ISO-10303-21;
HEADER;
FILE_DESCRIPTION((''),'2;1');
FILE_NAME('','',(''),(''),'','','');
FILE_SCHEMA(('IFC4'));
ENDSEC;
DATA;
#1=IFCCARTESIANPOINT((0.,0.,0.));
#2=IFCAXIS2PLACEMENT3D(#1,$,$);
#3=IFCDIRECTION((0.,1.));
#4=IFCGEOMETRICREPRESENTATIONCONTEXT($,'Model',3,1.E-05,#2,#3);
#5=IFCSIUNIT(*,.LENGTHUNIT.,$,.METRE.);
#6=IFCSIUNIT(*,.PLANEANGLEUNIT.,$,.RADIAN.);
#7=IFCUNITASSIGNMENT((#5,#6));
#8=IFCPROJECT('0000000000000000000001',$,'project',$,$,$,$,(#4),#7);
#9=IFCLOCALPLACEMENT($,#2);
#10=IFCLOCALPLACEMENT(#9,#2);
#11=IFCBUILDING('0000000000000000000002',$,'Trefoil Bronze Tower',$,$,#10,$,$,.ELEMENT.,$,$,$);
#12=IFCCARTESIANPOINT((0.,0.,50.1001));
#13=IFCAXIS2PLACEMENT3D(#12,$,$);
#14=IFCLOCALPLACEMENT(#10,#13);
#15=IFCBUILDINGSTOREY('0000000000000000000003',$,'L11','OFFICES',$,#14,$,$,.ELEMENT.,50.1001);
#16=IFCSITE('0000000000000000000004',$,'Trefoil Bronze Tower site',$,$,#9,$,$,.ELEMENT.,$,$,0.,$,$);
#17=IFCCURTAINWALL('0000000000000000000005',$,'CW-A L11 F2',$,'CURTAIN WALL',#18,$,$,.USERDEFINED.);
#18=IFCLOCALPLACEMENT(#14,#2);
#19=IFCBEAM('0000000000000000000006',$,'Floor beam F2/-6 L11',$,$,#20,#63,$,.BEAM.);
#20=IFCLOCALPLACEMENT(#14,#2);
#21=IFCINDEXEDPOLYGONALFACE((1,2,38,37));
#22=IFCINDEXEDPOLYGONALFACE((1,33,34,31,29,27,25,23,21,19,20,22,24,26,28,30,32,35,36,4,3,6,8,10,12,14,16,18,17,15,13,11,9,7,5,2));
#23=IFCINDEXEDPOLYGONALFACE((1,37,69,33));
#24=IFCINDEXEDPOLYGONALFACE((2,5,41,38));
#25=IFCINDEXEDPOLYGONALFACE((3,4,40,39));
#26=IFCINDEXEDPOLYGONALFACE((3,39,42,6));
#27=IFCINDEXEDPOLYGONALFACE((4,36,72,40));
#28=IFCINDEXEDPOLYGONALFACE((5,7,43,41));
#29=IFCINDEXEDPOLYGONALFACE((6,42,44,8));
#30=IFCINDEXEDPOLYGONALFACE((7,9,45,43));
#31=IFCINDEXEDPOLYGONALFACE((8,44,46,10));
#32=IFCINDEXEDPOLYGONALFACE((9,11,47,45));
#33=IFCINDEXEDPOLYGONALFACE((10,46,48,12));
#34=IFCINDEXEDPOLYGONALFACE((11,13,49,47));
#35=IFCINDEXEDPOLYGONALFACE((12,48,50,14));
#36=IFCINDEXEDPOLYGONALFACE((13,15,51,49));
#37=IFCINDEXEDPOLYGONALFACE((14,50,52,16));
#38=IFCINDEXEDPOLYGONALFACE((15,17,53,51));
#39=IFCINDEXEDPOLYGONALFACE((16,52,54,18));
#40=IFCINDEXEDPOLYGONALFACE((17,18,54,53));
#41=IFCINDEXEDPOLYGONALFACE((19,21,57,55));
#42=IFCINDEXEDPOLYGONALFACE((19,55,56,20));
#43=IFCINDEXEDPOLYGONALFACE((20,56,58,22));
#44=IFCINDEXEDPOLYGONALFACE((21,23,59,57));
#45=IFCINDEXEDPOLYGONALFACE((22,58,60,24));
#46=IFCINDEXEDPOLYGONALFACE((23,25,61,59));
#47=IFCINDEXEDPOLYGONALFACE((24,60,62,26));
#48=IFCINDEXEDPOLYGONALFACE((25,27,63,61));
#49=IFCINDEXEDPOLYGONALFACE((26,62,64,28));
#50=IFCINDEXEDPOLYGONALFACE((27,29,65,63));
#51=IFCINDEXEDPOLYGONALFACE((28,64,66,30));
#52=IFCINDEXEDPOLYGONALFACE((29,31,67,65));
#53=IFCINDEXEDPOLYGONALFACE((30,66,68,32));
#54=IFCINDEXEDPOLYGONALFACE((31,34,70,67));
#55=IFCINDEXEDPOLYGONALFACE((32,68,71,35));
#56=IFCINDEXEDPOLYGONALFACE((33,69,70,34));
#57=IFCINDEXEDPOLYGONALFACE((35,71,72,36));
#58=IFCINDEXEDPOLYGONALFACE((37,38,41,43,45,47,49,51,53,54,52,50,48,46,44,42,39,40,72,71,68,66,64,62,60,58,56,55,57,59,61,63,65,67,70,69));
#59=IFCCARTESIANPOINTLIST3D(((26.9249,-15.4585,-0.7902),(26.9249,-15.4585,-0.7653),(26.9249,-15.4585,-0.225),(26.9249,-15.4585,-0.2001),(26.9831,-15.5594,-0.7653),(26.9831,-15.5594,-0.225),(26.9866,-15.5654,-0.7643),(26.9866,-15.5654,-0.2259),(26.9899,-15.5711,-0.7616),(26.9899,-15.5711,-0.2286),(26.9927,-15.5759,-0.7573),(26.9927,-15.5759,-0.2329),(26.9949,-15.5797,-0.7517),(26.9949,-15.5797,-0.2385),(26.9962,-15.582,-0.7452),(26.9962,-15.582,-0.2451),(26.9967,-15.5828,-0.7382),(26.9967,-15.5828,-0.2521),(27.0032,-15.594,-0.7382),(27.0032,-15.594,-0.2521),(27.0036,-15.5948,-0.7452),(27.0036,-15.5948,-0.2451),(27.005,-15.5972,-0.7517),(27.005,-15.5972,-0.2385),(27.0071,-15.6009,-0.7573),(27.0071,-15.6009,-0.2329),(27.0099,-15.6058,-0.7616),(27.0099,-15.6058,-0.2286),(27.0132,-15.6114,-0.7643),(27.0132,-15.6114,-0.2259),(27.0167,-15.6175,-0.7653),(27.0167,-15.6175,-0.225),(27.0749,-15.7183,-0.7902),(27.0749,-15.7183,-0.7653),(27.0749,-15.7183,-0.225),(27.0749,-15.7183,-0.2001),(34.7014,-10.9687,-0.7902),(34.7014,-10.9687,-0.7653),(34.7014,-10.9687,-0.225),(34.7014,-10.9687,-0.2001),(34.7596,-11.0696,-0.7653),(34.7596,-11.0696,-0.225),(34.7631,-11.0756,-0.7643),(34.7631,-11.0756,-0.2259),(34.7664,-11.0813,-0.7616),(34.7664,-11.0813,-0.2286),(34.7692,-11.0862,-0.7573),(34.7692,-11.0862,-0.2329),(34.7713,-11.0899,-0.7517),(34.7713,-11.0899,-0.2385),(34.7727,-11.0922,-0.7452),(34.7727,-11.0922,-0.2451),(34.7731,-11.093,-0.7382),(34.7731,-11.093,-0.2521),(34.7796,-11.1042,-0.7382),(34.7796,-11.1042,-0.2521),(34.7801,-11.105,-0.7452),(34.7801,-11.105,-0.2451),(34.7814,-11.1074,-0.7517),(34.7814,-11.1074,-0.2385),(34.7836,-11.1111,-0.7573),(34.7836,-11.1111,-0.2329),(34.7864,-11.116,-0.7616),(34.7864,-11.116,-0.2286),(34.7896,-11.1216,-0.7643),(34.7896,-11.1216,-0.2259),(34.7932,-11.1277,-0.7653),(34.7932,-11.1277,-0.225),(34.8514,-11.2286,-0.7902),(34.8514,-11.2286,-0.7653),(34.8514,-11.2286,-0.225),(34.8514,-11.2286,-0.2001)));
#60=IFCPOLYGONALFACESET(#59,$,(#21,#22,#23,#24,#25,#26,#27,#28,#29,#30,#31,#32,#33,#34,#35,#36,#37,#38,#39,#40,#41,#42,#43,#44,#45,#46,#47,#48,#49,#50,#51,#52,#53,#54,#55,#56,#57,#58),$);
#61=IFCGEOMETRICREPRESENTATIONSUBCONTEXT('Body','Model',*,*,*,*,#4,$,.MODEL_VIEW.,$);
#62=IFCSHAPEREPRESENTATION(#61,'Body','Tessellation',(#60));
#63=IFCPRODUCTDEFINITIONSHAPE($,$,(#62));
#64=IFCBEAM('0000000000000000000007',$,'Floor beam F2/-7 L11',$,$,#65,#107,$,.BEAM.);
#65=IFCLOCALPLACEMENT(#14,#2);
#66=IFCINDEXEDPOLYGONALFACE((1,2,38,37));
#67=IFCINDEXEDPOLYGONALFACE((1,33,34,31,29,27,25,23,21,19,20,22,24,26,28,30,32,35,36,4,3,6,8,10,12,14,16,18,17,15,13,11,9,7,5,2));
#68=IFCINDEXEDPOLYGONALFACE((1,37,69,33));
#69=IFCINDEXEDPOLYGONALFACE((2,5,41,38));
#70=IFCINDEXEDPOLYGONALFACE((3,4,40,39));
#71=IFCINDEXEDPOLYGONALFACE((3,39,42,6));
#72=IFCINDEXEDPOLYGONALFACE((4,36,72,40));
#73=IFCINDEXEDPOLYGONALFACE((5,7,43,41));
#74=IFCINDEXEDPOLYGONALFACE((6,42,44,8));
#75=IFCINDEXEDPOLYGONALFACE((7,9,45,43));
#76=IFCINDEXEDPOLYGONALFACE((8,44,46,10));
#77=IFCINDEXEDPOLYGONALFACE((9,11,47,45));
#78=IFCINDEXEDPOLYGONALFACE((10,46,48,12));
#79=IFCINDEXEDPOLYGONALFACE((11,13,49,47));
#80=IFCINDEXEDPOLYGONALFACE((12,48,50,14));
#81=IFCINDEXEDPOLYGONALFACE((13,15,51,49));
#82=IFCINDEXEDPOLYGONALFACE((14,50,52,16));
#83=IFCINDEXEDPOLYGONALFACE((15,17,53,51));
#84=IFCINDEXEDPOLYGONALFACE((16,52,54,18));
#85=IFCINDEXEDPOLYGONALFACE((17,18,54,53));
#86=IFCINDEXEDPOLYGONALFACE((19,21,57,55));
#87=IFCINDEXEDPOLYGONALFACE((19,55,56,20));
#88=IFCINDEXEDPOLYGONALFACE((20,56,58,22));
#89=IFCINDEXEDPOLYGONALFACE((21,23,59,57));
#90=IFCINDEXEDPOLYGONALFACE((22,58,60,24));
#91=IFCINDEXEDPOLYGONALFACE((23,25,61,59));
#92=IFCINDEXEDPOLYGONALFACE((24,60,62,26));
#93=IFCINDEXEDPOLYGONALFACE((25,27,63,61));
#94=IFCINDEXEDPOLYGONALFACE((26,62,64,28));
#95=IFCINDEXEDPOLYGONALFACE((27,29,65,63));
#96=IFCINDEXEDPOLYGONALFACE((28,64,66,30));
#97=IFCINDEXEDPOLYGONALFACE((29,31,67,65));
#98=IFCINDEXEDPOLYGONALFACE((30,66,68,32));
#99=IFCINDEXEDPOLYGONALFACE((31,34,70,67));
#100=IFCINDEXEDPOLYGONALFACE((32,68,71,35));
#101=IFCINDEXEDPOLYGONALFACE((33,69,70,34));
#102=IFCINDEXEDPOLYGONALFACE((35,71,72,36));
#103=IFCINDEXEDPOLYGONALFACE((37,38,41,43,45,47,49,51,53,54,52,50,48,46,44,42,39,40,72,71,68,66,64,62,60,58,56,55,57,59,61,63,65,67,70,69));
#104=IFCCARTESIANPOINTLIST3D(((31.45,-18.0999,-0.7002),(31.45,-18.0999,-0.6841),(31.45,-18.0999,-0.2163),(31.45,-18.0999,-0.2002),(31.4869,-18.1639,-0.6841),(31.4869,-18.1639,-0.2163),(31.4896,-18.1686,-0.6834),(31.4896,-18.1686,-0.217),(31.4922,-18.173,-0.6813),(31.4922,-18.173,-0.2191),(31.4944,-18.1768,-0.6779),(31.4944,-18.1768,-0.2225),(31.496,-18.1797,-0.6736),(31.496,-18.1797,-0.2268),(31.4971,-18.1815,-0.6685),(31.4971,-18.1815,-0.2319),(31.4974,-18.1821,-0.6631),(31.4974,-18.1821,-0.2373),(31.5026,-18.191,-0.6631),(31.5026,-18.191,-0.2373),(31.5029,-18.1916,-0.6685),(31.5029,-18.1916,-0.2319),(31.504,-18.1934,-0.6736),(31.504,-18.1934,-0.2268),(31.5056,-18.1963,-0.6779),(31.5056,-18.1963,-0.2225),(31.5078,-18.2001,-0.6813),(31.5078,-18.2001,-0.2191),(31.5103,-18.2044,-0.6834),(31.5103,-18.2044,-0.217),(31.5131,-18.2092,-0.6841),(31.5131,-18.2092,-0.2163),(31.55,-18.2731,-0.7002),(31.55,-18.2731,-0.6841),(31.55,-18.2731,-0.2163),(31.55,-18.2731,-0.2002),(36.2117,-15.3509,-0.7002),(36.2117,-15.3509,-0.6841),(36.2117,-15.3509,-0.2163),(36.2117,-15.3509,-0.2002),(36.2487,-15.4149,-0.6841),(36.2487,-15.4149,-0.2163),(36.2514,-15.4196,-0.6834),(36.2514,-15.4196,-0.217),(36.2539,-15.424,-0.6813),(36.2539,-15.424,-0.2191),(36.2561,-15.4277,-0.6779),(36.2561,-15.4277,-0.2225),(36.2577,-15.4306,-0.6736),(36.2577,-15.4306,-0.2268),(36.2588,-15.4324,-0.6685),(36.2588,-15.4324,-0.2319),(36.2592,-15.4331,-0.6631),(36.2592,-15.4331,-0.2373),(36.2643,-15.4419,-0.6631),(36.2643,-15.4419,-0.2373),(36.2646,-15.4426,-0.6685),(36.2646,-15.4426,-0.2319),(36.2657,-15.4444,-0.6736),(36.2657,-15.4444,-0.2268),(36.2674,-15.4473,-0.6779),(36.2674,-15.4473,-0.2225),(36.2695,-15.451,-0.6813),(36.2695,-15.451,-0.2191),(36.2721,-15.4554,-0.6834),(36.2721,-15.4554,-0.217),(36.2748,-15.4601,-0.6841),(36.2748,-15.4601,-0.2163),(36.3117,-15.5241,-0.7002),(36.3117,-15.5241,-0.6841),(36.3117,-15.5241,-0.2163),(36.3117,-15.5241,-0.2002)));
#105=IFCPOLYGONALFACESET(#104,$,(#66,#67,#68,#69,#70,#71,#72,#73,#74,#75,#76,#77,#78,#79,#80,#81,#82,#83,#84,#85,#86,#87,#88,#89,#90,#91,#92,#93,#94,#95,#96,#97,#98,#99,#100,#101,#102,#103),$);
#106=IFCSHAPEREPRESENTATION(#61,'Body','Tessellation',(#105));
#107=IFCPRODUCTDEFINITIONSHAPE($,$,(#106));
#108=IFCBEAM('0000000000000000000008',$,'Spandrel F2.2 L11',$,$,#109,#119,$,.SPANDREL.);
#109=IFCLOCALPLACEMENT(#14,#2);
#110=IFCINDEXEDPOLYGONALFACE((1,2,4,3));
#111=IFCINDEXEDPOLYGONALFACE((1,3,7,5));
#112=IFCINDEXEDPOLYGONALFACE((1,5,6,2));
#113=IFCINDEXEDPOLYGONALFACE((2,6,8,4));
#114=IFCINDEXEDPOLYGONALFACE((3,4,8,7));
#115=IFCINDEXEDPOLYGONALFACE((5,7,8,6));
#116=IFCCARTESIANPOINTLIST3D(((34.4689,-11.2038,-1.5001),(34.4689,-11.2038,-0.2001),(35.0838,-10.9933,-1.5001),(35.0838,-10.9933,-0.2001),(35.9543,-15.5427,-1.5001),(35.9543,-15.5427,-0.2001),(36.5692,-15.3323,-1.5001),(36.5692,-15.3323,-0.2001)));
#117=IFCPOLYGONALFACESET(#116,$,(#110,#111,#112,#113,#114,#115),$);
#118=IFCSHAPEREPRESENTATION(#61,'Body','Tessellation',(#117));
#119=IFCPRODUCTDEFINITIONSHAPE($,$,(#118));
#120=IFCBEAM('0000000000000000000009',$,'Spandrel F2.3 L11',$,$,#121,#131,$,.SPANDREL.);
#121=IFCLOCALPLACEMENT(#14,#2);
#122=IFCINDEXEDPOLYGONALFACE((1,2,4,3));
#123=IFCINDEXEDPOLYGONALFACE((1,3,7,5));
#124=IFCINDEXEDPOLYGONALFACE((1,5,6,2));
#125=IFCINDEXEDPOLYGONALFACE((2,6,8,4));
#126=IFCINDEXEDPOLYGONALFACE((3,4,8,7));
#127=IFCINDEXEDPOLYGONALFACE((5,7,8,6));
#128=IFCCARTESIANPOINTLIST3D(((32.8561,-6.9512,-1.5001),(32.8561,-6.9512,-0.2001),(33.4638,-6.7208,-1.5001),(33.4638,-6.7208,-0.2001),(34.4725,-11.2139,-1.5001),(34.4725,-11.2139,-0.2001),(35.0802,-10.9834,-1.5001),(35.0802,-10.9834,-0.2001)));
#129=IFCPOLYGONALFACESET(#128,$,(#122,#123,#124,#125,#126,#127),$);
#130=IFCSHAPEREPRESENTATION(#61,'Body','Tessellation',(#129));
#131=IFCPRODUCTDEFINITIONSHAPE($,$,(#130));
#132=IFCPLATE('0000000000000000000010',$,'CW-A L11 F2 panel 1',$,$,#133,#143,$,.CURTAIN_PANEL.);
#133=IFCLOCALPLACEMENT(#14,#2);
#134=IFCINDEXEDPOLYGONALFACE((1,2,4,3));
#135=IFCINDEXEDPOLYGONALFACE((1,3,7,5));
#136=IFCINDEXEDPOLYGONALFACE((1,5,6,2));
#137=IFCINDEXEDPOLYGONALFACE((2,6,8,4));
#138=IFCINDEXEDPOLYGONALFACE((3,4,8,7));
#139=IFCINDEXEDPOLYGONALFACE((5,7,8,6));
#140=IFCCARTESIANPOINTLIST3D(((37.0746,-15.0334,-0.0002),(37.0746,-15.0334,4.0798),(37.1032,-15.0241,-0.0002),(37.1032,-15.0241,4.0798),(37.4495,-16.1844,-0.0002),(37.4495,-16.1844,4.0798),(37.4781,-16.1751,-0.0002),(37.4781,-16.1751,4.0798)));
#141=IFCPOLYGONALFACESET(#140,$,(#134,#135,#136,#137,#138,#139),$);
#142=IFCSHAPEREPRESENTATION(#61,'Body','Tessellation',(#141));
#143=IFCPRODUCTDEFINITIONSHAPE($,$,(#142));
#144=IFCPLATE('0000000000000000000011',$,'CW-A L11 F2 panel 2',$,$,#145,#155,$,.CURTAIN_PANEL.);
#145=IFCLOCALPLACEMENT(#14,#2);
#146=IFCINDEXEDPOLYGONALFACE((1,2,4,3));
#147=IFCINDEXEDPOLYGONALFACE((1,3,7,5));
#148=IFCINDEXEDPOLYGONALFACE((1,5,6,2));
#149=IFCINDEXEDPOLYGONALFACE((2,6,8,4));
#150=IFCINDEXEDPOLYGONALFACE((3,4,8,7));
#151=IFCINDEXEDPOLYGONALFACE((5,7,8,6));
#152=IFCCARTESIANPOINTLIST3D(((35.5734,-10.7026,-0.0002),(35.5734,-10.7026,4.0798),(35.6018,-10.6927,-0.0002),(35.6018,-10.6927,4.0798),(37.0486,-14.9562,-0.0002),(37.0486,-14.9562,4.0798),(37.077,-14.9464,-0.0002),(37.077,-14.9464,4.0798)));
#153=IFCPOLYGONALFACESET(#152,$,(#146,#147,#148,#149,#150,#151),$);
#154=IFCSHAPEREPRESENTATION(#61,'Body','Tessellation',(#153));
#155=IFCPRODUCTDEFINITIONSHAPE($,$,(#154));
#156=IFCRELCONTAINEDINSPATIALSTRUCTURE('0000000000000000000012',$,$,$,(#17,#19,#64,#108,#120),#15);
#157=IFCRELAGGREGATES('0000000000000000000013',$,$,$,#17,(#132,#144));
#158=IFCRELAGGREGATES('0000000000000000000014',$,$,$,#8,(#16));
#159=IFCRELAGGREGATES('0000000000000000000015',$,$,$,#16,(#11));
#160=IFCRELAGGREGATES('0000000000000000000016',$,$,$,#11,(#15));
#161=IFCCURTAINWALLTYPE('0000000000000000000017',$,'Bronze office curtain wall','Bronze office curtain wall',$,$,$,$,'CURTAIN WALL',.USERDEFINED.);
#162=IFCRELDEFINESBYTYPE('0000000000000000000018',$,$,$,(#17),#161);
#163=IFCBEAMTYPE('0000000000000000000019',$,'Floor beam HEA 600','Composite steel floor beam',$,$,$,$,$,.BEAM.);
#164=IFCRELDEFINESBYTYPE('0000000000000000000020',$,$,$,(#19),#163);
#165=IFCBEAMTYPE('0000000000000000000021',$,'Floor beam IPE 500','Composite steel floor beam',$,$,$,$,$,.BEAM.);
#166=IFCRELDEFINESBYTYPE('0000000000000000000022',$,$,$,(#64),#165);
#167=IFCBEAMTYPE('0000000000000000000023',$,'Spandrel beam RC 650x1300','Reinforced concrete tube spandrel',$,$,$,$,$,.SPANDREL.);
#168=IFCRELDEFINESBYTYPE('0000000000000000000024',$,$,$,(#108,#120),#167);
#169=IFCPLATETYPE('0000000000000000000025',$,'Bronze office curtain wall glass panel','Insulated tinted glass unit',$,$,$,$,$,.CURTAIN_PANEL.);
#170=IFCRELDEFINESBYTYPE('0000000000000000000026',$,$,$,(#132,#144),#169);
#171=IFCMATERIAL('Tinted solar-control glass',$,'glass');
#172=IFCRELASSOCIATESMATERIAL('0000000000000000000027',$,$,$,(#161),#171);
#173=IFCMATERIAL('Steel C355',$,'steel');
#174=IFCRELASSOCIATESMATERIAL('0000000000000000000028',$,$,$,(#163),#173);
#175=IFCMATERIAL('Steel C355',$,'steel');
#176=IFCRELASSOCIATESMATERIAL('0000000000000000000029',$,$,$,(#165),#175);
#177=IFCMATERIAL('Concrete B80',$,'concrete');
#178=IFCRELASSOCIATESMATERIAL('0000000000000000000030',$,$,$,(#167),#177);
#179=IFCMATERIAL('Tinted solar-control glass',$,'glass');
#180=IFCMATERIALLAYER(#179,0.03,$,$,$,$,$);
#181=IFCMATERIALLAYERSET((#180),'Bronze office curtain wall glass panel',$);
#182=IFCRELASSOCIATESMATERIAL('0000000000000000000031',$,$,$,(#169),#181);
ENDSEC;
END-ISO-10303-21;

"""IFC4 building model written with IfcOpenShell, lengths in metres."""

from ifc_helpers import new_model, si_unit, direction, frame, origin, origin_2d, place, context, subcontext, project, spatial, rectangle, i_section, extrude, material, layer, layer_set, material_profile, profile_set, type_object, element, aggregate, save


model = new_model("IFC4")

# Units and contexts
model_context = context("Model", 3, precision=1e-05, world=origin(), true_north=direction((0.0, 1.0)))
body_context = subcontext(model_context, "Body", "Model", "MODEL_VIEW")
ifc_project = project(units=[si_unit("LENGTHUNIT", "METRE"), si_unit("PLANEANGLEUNIT", "RADIAN")], contexts=[model_context])

# Site, building, storey
site_placement = place(None, origin())
site = spatial("IfcSite", under=ifc_project, at=site_placement, Name="Trefoil Bronze Tower site", CompositionType="ELEMENT", RefElevation=0.0)
building_placement = place(site_placement, origin())
building = spatial("IfcBuilding", under=site, at=building_placement, Name="Trefoil Bronze Tower", CompositionType="ELEMENT")
storey_placement = place(building_placement, frame((0.0, 0.0, 50.1001)))
storey = spatial("IfcBuildingStorey", under=building, at=storey_placement, Name="L11", Description="OFFICES", CompositionType="ELEMENT", Elevation=50.1001)

# Curtain wall
ifc_material_1 = material(Name="Tinted solar-control glass", Category="glass")
curtain_wall_type = type_object("IfcCurtainWallType", Name="Bronze office curtain wall", Description="Bronze office curtain wall", ElementType="CURTAIN WALL", PredefinedType="USERDEFINED", material=ifc_material_1)
curtain_wall_placement = place(storey_placement, origin())
curtain_wall = element("IfcCurtainWall", 1, at=curtain_wall_placement, inside=storey, type_object=curtain_wall_type, Name="CW-A L11 F2", ObjectType="CURTAIN WALL", PredefinedType="USERDEFINED")

# Beams
ifc_material_2 = material(Name="Steel C355", Category="steel")
ifc_material_profile_1 = material_profile(ifc_material_2, i_section(OverallWidth=0.3, OverallDepth=0.5901, WebThickness=0.0129, FlangeThickness=0.0249, FilletRadius=0.0271, at=origin_2d()), Name="HEA 600")
ifc_profile_set_1 = profile_set([ifc_material_profile_1], Name="Steel C355")
beam_type_1 = type_object("IfcBeamType", Name="Floor beam HEA 600", Description="Composite steel floor beam", PredefinedType="BEAM", material=ifc_profile_set_1)
beam_1_placement = place(storey_placement, frame((34.7764, -11.0986, -0.4951), z_axis=(-0.866023, -0.500005, 0.0), x_axis=(0.500005, -0.866023, 0.0)))
element("IfcBeam", 2, at=beam_1_placement, inside=storey, type_object=beam_type_1, Name="Floor beam F2/-6 L11", PredefinedType="BEAM", context=body_context, shape_type="SweptSolid", body=[
    extrude(i_section(OverallWidth=0.3, OverallDepth=0.5901, WebThickness=0.0129, FlangeThickness=0.0249, FilletRadius=0.0271, at=origin_2d()), origin(), (0.0, 0.0, 1.0), 8.9795),
])
ifc_material_3 = material(Name="Steel C355", Category="steel")
ifc_material_profile_2 = material_profile(ifc_material_3, i_section(OverallWidth=0.2, OverallDepth=0.5, WebThickness=0.0103, FlangeThickness=0.0161, FilletRadius=0.021, at=origin_2d()), Name="IPE 500")
ifc_profile_set_2 = profile_set([ifc_material_profile_2], Name="Steel C355")
beam_type_2 = type_object("IfcBeamType", Name="Floor beam IPE 500", Description="Composite steel floor beam", PredefinedType="BEAM", material=ifc_profile_set_2)
beam_2_placement = place(storey_placement, frame((36.2617, -15.4375, -0.4502), z_axis=(-0.866038, -0.499979, 0.0), x_axis=(0.499979, -0.866038, 0.0)))
element("IfcBeam", 3, at=beam_2_placement, inside=storey, type_object=beam_type_2, Name="Floor beam F2/-7 L11", PredefinedType="BEAM", context=body_context, shape_type="SweptSolid", body=[
    extrude(i_section(OverallWidth=0.2, OverallDepth=0.5, WebThickness=0.0103, FlangeThickness=0.0161, FilletRadius=0.021, at=origin_2d()), origin(), (0.0, 0.0, 1.0), 5.4983),
])
ifc_material_4 = material(Name="Concrete B80", Category="concrete")
ifc_material_profile_3 = material_profile(ifc_material_4, rectangle(XDim=0.6499, YDim=1.3, at=origin_2d()), Name="RC 650x1300")
ifc_profile_set_3 = profile_set([ifc_material_profile_3], Name="Concrete B80")
beam_type_3 = type_object("IfcBeamType", Name="Spandrel beam RC 650x1300", Description="Reinforced concrete tube spandrel", PredefinedType="SPANDREL", material=ifc_profile_set_3)
beam_3_placement = place(storey_placement, frame((36.2617, -15.4375, -0.8501), z_axis=(-0.323883, 0.946097, 0.0), x_axis=(-0.946097, -0.323883, 0.0)))
element("IfcBeam", 4, at=beam_3_placement, inside=storey, type_object=beam_type_3, Name="Spandrel F2.2 L11", PredefinedType="SPANDREL", context=body_context, shape_type="SweptSolid", body=[
    extrude(rectangle(XDim=0.6499, YDim=1.3, at=origin_2d()), origin(), (0.0, 0.0, 1.0), 4.5862),
])
beam_4_placement = place(storey_placement, frame((34.7764, -11.0986, -0.8501), z_axis=(-0.354572, 0.935029, 0.0), x_axis=(-0.935029, -0.354572, 0.0)))
element("IfcBeam", 5, at=beam_4_placement, inside=storey, type_object=beam_type_3, Name="Spandrel F2.3 L11", PredefinedType="SPANDREL", context=body_context, shape_type="SweptSolid", body=[
    extrude(rectangle(XDim=0.6499, YDim=1.3, at=origin_2d()), origin(), (0.0, 0.0, 1.0), 4.5588),
])

# Plates
ifc_material_5 = material(Name="Tinted solar-control glass", Category="glass")
ifc_layer_1 = layer(ifc_material_5, 0.03)
ifc_layer_set_1 = layer_set([ifc_layer_1], Name="Bronze office curtain wall glass panel")
plate_type = type_object("IfcPlateType", Name="Bronze office curtain wall glass panel", Description="Insulated tinted glass unit", PredefinedType="CURTAIN_PANEL", material=ifc_layer_set_1)
plate_1_placement = place(storey_placement, frame((37.2764, -15.6042, -0.0002), z_axis=(0.0, 0.0, 1.0), x_axis=(-0.309728, 0.950825, 0.0)))
plate_1 = element("IfcPlate", 6, at=plate_1_placement, type_object=plate_type, Name="CW-A L11 F2 panel 1", PredefinedType="CURTAIN_PANEL", context=body_context, shape_type="SweptSolid", body=[
    extrude(rectangle(XDim=1.2104, YDim=0.03, at=origin_2d()), origin(), (0.0, 0.0, 1.0), 4.0801),
])
plate_2_placement = place(storey_placement, frame((36.3252, -12.8245, -0.0002), z_axis=(0.0, 0.0, 1.0), x_axis=(-0.327674, 0.944791, 0.0)))
plate_2 = element("IfcPlate", 7, at=plate_2_placement, type_object=plate_type, Name="CW-A L11 F2 panel 2", PredefinedType="CURTAIN_PANEL", context=body_context, shape_type="SweptSolid", body=[
    extrude(rectangle(XDim=4.5022, YDim=0.03, at=origin_2d()), origin(), (0.0, 0.0, 1.0), 4.0801),
])
aggregate(curtain_wall, [plate_1, plate_2])

save(model, "model.ifc")
